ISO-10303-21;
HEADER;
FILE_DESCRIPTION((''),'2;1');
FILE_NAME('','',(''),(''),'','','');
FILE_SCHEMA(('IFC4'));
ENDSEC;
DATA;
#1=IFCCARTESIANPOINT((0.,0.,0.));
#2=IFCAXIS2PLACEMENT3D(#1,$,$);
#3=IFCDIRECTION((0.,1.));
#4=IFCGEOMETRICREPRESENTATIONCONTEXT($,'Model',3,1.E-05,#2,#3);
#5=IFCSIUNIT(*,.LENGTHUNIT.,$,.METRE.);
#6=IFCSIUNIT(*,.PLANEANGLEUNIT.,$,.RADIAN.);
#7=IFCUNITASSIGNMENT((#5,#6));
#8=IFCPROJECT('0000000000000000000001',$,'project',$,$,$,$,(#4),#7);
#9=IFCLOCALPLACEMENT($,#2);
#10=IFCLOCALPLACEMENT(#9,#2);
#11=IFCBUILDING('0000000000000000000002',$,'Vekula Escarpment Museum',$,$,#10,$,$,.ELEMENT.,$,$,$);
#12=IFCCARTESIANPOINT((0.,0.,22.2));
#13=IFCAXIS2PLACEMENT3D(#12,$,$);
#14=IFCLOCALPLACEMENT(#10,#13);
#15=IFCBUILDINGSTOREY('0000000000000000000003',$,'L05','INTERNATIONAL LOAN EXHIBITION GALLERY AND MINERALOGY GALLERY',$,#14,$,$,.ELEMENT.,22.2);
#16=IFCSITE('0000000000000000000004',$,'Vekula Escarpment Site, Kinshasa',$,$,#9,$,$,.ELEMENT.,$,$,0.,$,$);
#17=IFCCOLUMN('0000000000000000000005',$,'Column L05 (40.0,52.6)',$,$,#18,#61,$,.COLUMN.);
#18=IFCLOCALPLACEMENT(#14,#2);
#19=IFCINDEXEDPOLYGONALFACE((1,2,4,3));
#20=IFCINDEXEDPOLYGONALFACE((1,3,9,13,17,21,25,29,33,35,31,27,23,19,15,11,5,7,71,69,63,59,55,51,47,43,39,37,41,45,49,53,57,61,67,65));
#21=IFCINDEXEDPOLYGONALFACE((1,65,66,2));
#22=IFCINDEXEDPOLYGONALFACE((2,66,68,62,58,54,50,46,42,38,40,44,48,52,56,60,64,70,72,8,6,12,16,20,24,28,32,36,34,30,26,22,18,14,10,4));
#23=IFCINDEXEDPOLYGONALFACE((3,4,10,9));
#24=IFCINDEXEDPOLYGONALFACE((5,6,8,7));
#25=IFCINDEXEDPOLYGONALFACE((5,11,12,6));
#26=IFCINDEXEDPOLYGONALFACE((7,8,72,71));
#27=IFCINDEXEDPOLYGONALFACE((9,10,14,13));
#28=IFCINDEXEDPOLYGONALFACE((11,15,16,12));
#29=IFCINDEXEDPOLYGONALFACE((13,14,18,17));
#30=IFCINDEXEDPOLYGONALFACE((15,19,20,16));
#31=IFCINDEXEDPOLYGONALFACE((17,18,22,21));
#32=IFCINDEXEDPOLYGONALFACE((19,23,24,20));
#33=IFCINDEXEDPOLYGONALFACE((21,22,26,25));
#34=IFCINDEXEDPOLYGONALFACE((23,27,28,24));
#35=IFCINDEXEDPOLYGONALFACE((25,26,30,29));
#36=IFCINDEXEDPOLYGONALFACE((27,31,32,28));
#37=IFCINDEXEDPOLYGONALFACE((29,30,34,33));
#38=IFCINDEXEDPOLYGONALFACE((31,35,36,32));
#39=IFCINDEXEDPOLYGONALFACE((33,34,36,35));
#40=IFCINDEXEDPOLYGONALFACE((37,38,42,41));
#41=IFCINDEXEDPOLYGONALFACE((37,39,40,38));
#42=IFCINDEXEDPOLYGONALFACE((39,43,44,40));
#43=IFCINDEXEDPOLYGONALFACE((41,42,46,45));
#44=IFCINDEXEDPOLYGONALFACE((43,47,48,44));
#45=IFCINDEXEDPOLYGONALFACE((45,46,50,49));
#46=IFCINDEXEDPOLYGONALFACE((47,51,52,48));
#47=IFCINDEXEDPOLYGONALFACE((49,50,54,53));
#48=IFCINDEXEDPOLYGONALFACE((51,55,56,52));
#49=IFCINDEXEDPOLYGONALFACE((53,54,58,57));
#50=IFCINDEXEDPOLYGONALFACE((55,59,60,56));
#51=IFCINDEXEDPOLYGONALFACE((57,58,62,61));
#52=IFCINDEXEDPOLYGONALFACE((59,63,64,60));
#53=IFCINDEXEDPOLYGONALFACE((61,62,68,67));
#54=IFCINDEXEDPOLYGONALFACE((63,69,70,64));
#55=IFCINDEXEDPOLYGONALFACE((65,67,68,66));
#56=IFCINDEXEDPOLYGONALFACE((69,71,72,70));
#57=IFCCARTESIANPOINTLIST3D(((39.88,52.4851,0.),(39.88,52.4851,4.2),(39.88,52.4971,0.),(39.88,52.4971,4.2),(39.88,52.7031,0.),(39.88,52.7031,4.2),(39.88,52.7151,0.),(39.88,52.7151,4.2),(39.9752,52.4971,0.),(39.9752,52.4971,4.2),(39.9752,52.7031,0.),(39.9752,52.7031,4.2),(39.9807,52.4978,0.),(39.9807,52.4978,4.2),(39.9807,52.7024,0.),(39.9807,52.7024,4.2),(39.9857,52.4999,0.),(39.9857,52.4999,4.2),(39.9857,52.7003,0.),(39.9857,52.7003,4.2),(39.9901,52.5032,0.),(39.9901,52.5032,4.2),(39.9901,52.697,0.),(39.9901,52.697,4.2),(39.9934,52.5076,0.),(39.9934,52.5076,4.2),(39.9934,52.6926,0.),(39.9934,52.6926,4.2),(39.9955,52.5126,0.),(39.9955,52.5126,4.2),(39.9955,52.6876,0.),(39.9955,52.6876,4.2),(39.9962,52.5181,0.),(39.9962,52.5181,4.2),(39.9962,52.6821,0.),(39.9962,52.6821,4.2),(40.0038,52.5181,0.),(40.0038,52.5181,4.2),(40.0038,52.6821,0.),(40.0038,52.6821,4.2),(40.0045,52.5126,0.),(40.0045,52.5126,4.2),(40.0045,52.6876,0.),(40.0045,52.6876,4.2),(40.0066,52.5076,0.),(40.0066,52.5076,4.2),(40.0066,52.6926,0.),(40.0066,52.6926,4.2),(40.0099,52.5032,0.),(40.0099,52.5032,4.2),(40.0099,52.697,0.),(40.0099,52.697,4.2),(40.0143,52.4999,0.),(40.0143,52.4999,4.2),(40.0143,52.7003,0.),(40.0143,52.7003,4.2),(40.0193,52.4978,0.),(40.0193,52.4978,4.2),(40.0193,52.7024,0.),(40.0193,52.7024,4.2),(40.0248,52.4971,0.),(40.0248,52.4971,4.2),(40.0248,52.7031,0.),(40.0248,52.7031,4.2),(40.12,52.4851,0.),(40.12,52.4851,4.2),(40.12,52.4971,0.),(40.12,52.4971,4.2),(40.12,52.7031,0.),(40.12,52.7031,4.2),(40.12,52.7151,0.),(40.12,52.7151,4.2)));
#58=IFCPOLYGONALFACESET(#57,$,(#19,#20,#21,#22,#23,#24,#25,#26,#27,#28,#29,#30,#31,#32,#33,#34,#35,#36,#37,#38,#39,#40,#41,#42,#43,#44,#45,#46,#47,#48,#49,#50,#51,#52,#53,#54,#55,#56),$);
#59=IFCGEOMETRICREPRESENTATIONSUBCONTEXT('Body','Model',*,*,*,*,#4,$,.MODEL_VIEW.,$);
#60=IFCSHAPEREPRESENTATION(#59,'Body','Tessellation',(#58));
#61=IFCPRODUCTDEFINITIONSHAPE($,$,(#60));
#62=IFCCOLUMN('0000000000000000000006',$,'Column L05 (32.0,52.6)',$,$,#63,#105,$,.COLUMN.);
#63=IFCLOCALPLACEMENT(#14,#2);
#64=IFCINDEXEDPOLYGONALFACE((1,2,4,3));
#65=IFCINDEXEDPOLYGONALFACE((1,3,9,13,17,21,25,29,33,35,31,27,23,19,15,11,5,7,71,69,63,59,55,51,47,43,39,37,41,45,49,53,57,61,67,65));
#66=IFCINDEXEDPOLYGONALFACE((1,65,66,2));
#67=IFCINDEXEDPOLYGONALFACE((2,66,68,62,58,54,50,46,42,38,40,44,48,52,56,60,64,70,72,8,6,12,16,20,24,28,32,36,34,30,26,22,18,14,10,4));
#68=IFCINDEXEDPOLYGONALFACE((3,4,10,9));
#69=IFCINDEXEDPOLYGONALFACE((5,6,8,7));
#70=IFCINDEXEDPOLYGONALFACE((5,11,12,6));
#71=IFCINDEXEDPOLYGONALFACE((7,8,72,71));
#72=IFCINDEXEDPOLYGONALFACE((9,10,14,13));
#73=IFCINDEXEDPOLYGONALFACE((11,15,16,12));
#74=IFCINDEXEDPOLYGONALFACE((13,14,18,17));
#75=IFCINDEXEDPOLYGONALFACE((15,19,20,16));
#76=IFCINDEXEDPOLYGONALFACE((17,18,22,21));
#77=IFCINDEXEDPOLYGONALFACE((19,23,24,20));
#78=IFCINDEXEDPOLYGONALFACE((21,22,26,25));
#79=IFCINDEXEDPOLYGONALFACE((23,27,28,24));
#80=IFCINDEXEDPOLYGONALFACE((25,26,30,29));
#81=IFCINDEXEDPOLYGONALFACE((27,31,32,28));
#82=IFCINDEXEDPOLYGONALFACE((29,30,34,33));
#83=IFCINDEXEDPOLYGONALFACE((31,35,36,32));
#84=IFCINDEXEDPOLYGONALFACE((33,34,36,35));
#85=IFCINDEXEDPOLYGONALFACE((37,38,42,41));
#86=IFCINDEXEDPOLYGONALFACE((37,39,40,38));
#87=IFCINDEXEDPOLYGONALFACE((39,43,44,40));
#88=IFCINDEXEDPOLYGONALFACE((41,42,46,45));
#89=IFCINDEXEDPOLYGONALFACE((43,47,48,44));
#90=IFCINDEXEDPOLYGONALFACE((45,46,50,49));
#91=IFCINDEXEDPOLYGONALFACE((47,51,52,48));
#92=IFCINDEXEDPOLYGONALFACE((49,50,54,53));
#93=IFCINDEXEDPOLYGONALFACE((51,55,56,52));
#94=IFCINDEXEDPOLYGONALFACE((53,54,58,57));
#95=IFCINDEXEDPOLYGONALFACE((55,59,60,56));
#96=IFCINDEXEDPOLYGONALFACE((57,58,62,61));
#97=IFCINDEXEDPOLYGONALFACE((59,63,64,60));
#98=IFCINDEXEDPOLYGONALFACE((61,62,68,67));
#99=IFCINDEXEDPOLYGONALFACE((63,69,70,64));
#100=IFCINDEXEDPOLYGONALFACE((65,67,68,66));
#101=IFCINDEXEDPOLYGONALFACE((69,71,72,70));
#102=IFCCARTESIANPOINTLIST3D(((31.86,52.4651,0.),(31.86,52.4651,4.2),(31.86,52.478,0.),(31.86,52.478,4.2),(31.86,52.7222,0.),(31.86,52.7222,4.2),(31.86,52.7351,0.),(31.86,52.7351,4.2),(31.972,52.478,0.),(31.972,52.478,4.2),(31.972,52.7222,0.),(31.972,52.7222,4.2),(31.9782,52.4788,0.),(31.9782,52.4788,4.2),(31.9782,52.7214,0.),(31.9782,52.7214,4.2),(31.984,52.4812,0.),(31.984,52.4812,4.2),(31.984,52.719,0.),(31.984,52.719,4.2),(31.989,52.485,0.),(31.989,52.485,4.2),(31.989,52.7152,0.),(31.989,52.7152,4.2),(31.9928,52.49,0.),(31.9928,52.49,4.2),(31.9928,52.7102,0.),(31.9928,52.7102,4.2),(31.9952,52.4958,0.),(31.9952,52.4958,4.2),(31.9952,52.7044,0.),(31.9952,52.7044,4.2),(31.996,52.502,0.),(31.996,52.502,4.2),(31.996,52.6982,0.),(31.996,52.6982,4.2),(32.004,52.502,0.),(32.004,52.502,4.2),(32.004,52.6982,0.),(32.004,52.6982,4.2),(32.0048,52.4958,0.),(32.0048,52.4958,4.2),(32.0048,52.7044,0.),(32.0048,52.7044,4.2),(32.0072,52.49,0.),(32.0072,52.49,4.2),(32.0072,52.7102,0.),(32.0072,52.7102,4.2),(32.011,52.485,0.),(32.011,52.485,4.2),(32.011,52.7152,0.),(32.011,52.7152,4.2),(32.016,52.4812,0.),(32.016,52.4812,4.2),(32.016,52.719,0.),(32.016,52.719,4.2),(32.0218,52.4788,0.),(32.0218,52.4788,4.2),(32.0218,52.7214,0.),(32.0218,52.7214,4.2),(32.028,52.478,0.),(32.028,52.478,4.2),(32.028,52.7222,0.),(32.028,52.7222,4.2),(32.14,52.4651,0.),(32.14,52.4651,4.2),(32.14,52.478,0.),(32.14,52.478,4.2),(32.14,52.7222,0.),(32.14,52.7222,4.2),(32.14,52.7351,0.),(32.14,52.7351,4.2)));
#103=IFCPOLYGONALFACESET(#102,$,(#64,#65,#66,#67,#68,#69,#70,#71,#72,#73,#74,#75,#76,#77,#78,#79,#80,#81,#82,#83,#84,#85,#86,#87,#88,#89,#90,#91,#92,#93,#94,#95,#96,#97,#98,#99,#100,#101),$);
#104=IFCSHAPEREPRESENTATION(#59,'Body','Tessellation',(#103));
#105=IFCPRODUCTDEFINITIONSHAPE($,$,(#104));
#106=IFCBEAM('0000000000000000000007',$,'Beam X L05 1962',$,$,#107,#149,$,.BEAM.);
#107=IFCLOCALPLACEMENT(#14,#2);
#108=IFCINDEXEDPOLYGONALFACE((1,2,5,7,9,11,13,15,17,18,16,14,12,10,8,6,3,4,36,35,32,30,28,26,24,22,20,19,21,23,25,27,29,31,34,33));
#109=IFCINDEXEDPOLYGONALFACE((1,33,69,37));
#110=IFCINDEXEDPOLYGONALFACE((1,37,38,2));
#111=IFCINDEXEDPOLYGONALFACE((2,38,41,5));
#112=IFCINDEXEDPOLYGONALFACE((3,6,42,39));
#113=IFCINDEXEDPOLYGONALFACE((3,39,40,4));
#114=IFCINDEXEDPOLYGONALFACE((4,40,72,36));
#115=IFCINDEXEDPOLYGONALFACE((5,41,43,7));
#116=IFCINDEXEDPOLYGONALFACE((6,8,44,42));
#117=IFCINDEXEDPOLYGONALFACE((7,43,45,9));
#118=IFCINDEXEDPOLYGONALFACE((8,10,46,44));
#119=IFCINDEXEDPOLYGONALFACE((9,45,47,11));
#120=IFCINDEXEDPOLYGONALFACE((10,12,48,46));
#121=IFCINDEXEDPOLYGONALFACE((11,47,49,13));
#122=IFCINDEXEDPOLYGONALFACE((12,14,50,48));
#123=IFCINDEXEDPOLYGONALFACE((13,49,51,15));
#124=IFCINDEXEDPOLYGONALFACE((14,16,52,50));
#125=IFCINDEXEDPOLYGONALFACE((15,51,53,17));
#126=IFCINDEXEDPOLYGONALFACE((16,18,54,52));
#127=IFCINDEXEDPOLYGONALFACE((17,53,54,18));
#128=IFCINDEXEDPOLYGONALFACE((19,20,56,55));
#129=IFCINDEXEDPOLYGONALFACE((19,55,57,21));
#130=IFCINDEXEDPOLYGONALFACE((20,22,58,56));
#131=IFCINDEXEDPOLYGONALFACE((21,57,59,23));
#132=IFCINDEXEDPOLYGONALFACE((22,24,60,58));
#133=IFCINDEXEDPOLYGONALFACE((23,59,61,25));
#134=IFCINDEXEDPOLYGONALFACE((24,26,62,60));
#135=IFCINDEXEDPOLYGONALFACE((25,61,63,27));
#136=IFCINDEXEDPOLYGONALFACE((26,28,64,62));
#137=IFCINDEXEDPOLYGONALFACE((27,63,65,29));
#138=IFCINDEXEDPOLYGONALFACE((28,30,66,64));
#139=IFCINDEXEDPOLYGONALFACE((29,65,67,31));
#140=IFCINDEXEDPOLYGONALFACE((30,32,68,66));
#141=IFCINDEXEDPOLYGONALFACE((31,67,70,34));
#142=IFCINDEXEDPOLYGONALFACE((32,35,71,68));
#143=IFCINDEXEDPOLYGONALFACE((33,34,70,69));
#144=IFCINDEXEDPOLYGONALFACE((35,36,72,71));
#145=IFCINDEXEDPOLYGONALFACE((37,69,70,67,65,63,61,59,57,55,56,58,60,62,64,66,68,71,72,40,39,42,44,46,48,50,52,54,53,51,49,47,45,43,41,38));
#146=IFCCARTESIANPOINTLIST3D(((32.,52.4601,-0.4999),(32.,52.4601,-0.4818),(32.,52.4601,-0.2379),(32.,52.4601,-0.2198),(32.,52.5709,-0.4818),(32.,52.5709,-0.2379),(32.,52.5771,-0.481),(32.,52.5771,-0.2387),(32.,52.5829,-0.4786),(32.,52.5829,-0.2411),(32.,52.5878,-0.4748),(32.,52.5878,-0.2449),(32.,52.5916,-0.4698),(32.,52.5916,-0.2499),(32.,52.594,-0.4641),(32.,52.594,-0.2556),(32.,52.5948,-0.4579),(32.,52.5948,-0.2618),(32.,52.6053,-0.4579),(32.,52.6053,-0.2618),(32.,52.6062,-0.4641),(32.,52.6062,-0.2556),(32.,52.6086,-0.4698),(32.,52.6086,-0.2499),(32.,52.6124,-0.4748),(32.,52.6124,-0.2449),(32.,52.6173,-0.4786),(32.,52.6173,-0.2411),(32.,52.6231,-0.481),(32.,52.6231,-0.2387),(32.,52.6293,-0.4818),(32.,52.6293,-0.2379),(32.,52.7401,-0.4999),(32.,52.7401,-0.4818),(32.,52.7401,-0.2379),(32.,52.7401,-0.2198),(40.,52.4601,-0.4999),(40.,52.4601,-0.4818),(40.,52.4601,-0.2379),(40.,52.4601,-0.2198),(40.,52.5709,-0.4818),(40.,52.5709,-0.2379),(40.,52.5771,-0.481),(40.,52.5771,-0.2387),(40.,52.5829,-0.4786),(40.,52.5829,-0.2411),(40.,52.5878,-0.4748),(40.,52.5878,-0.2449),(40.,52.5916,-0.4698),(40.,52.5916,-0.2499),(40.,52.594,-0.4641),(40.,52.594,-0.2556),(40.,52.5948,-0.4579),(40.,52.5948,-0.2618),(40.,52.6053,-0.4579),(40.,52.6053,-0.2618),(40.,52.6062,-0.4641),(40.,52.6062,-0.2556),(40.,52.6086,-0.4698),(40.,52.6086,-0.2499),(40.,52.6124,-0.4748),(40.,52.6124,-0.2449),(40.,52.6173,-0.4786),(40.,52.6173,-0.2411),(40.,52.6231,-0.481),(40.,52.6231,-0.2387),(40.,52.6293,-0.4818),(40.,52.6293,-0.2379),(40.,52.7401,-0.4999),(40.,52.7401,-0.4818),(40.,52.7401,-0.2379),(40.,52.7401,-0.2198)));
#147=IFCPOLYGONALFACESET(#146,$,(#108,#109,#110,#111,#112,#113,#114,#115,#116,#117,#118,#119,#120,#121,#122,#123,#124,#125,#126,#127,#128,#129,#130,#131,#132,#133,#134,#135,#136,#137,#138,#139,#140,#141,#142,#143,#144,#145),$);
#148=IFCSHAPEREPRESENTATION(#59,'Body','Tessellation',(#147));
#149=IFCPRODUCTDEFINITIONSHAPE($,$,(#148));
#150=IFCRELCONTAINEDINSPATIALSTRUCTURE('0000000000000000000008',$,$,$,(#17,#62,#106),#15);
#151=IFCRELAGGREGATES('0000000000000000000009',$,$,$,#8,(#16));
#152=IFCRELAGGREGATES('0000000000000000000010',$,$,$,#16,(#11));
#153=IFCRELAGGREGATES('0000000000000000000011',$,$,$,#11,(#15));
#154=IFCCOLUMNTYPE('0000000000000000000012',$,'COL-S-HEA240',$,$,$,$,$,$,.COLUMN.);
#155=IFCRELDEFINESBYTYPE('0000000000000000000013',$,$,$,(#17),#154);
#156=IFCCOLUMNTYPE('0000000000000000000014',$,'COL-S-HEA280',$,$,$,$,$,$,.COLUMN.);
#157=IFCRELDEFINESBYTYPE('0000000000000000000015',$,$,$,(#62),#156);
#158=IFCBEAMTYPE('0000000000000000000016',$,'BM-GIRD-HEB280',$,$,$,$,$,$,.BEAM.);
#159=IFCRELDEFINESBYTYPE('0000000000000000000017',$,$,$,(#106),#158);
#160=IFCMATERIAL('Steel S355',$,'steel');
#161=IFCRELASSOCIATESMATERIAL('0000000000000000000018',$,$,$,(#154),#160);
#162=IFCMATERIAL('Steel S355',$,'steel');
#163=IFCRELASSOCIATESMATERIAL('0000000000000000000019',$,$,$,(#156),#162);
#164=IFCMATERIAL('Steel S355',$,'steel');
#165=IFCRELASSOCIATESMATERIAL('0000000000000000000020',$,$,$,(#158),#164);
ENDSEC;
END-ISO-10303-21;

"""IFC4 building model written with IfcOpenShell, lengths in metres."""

from ifc_helpers import new_model, si_unit, direction, frame, origin, origin_2d, place, context, subcontext, project, spatial, i_section, extrude, material, material_profile, profile_set, type_object, element, save


model = new_model("IFC4")

# Units and contexts
model_context = context("Model", 3, precision=1e-05, world=origin(), true_north=direction((0.0, 1.0)))
body_context = subcontext(model_context, "Body", "Model", "MODEL_VIEW")
ifc_project = project(units=[si_unit("LENGTHUNIT", "METRE"), si_unit("PLANEANGLEUNIT", "RADIAN")], contexts=[model_context])

# Site, building, storey
site_placement = place(None, origin())
site = spatial("IfcSite", under=ifc_project, at=site_placement, Name="Vekula Escarpment Site, Kinshasa", CompositionType="ELEMENT", RefElevation=0.0)
building_placement = place(site_placement, origin())
building = spatial("IfcBuilding", under=site, at=building_placement, Name="Vekula Escarpment Museum", CompositionType="ELEMENT")
storey_placement = place(building_placement, frame((0.0, 0.0, 22.2)))
storey = spatial("IfcBuildingStorey", under=building, at=storey_placement, Name="L05", Description="INTERNATIONAL LOAN EXHIBITION GALLERY AND MINERALOGY GALLERY", CompositionType="ELEMENT", Elevation=22.2)

# Columns
ifc_material_1 = material(Name="Steel S355", Category="steel")
ifc_material_profile_1 = material_profile(ifc_material_1, i_section(OverallWidth=0.24, OverallDepth=0.23, WebThickness=0.0076, FlangeThickness=0.012, FilletRadius=0.021, at=origin_2d()), Name="HEA 240")
ifc_profile_set_1 = profile_set([ifc_material_profile_1], Name="Steel S355")
column_type_1 = type_object("IfcColumnType", Name="COL-S-HEA240", PredefinedType="COLUMN", material=ifc_profile_set_1)
column_1_placement = place(storey_placement, frame((40.0, 52.6001, 0.0), z_axis=(0.0, 0.0, 1.0), x_axis=(1.0, 0.0, 0.0)))
element("IfcColumn", 1, at=column_1_placement, inside=storey, type_object=column_type_1, Name="Column L05 (40.0,52.6)", PredefinedType="COLUMN", context=body_context, shape_type="SweptSolid", body=[
    extrude(i_section(OverallWidth=0.24, OverallDepth=0.23, WebThickness=0.0076, FlangeThickness=0.012, FilletRadius=0.021, at=origin_2d()), origin(), (0.0, 0.0, 1.0), 4.2),
])
ifc_material_2 = material(Name="Steel S355", Category="steel")
ifc_material_profile_2 = material_profile(ifc_material_2, i_section(OverallWidth=0.28, OverallDepth=0.27, WebThickness=0.0081, FlangeThickness=0.0129, FilletRadius=0.0239, at=origin_2d()), Name="HEA 280")
ifc_profile_set_2 = profile_set([ifc_material_profile_2], Name="Steel S355")
column_type_2 = type_object("IfcColumnType", Name="COL-S-HEA280", PredefinedType="COLUMN", material=ifc_profile_set_2)
column_2_placement = place(storey_placement, frame((32.0, 52.6001, 0.0), z_axis=(0.0, 0.0, 1.0), x_axis=(1.0, 0.0, 0.0)))
element("IfcColumn", 2, at=column_2_placement, inside=storey, type_object=column_type_2, Name="Column L05 (32.0,52.6)", PredefinedType="COLUMN", context=body_context, shape_type="SweptSolid", body=[
    extrude(i_section(OverallWidth=0.28, OverallDepth=0.27, WebThickness=0.0081, FlangeThickness=0.0129, FilletRadius=0.0239, at=origin_2d()), origin(), (0.0, 0.0, 1.0), 4.2),
])

# Beam
ifc_material_3 = material(Name="Steel S355", Category="steel")
ifc_material_profile_3 = material_profile(ifc_material_3, i_section(OverallWidth=0.28, OverallDepth=0.28, WebThickness=0.0105, FlangeThickness=0.0181, FilletRadius=0.0239, at=origin_2d()), Name="HEB 280")
ifc_profile_set_3 = profile_set([ifc_material_profile_3], Name="Steel S355")
beam_type_1 = type_object("IfcBeamType", Name="BM-GIRD-HEB280", PredefinedType="BEAM", material=ifc_profile_set_3)
beam_1_placement = place(storey_placement, frame((32.0, 52.6001, -0.3599), z_axis=(1.0, 0.0, 0.0), x_axis=(0.0, 1.0, 0.0)))
element("IfcBeam", 3, at=beam_1_placement, inside=storey, type_object=beam_type_1, Name="Beam X L05 1962", PredefinedType="BEAM", context=body_context, shape_type="SweptSolid", body=[
    extrude(i_section(OverallWidth=0.28, OverallDepth=0.28, WebThickness=0.0105, FlangeThickness=0.0181, FilletRadius=0.0239, at=origin_2d()), origin(), (0.0, 0.0, 1.0), 8.0),
])

save(model, "model.ifc")
